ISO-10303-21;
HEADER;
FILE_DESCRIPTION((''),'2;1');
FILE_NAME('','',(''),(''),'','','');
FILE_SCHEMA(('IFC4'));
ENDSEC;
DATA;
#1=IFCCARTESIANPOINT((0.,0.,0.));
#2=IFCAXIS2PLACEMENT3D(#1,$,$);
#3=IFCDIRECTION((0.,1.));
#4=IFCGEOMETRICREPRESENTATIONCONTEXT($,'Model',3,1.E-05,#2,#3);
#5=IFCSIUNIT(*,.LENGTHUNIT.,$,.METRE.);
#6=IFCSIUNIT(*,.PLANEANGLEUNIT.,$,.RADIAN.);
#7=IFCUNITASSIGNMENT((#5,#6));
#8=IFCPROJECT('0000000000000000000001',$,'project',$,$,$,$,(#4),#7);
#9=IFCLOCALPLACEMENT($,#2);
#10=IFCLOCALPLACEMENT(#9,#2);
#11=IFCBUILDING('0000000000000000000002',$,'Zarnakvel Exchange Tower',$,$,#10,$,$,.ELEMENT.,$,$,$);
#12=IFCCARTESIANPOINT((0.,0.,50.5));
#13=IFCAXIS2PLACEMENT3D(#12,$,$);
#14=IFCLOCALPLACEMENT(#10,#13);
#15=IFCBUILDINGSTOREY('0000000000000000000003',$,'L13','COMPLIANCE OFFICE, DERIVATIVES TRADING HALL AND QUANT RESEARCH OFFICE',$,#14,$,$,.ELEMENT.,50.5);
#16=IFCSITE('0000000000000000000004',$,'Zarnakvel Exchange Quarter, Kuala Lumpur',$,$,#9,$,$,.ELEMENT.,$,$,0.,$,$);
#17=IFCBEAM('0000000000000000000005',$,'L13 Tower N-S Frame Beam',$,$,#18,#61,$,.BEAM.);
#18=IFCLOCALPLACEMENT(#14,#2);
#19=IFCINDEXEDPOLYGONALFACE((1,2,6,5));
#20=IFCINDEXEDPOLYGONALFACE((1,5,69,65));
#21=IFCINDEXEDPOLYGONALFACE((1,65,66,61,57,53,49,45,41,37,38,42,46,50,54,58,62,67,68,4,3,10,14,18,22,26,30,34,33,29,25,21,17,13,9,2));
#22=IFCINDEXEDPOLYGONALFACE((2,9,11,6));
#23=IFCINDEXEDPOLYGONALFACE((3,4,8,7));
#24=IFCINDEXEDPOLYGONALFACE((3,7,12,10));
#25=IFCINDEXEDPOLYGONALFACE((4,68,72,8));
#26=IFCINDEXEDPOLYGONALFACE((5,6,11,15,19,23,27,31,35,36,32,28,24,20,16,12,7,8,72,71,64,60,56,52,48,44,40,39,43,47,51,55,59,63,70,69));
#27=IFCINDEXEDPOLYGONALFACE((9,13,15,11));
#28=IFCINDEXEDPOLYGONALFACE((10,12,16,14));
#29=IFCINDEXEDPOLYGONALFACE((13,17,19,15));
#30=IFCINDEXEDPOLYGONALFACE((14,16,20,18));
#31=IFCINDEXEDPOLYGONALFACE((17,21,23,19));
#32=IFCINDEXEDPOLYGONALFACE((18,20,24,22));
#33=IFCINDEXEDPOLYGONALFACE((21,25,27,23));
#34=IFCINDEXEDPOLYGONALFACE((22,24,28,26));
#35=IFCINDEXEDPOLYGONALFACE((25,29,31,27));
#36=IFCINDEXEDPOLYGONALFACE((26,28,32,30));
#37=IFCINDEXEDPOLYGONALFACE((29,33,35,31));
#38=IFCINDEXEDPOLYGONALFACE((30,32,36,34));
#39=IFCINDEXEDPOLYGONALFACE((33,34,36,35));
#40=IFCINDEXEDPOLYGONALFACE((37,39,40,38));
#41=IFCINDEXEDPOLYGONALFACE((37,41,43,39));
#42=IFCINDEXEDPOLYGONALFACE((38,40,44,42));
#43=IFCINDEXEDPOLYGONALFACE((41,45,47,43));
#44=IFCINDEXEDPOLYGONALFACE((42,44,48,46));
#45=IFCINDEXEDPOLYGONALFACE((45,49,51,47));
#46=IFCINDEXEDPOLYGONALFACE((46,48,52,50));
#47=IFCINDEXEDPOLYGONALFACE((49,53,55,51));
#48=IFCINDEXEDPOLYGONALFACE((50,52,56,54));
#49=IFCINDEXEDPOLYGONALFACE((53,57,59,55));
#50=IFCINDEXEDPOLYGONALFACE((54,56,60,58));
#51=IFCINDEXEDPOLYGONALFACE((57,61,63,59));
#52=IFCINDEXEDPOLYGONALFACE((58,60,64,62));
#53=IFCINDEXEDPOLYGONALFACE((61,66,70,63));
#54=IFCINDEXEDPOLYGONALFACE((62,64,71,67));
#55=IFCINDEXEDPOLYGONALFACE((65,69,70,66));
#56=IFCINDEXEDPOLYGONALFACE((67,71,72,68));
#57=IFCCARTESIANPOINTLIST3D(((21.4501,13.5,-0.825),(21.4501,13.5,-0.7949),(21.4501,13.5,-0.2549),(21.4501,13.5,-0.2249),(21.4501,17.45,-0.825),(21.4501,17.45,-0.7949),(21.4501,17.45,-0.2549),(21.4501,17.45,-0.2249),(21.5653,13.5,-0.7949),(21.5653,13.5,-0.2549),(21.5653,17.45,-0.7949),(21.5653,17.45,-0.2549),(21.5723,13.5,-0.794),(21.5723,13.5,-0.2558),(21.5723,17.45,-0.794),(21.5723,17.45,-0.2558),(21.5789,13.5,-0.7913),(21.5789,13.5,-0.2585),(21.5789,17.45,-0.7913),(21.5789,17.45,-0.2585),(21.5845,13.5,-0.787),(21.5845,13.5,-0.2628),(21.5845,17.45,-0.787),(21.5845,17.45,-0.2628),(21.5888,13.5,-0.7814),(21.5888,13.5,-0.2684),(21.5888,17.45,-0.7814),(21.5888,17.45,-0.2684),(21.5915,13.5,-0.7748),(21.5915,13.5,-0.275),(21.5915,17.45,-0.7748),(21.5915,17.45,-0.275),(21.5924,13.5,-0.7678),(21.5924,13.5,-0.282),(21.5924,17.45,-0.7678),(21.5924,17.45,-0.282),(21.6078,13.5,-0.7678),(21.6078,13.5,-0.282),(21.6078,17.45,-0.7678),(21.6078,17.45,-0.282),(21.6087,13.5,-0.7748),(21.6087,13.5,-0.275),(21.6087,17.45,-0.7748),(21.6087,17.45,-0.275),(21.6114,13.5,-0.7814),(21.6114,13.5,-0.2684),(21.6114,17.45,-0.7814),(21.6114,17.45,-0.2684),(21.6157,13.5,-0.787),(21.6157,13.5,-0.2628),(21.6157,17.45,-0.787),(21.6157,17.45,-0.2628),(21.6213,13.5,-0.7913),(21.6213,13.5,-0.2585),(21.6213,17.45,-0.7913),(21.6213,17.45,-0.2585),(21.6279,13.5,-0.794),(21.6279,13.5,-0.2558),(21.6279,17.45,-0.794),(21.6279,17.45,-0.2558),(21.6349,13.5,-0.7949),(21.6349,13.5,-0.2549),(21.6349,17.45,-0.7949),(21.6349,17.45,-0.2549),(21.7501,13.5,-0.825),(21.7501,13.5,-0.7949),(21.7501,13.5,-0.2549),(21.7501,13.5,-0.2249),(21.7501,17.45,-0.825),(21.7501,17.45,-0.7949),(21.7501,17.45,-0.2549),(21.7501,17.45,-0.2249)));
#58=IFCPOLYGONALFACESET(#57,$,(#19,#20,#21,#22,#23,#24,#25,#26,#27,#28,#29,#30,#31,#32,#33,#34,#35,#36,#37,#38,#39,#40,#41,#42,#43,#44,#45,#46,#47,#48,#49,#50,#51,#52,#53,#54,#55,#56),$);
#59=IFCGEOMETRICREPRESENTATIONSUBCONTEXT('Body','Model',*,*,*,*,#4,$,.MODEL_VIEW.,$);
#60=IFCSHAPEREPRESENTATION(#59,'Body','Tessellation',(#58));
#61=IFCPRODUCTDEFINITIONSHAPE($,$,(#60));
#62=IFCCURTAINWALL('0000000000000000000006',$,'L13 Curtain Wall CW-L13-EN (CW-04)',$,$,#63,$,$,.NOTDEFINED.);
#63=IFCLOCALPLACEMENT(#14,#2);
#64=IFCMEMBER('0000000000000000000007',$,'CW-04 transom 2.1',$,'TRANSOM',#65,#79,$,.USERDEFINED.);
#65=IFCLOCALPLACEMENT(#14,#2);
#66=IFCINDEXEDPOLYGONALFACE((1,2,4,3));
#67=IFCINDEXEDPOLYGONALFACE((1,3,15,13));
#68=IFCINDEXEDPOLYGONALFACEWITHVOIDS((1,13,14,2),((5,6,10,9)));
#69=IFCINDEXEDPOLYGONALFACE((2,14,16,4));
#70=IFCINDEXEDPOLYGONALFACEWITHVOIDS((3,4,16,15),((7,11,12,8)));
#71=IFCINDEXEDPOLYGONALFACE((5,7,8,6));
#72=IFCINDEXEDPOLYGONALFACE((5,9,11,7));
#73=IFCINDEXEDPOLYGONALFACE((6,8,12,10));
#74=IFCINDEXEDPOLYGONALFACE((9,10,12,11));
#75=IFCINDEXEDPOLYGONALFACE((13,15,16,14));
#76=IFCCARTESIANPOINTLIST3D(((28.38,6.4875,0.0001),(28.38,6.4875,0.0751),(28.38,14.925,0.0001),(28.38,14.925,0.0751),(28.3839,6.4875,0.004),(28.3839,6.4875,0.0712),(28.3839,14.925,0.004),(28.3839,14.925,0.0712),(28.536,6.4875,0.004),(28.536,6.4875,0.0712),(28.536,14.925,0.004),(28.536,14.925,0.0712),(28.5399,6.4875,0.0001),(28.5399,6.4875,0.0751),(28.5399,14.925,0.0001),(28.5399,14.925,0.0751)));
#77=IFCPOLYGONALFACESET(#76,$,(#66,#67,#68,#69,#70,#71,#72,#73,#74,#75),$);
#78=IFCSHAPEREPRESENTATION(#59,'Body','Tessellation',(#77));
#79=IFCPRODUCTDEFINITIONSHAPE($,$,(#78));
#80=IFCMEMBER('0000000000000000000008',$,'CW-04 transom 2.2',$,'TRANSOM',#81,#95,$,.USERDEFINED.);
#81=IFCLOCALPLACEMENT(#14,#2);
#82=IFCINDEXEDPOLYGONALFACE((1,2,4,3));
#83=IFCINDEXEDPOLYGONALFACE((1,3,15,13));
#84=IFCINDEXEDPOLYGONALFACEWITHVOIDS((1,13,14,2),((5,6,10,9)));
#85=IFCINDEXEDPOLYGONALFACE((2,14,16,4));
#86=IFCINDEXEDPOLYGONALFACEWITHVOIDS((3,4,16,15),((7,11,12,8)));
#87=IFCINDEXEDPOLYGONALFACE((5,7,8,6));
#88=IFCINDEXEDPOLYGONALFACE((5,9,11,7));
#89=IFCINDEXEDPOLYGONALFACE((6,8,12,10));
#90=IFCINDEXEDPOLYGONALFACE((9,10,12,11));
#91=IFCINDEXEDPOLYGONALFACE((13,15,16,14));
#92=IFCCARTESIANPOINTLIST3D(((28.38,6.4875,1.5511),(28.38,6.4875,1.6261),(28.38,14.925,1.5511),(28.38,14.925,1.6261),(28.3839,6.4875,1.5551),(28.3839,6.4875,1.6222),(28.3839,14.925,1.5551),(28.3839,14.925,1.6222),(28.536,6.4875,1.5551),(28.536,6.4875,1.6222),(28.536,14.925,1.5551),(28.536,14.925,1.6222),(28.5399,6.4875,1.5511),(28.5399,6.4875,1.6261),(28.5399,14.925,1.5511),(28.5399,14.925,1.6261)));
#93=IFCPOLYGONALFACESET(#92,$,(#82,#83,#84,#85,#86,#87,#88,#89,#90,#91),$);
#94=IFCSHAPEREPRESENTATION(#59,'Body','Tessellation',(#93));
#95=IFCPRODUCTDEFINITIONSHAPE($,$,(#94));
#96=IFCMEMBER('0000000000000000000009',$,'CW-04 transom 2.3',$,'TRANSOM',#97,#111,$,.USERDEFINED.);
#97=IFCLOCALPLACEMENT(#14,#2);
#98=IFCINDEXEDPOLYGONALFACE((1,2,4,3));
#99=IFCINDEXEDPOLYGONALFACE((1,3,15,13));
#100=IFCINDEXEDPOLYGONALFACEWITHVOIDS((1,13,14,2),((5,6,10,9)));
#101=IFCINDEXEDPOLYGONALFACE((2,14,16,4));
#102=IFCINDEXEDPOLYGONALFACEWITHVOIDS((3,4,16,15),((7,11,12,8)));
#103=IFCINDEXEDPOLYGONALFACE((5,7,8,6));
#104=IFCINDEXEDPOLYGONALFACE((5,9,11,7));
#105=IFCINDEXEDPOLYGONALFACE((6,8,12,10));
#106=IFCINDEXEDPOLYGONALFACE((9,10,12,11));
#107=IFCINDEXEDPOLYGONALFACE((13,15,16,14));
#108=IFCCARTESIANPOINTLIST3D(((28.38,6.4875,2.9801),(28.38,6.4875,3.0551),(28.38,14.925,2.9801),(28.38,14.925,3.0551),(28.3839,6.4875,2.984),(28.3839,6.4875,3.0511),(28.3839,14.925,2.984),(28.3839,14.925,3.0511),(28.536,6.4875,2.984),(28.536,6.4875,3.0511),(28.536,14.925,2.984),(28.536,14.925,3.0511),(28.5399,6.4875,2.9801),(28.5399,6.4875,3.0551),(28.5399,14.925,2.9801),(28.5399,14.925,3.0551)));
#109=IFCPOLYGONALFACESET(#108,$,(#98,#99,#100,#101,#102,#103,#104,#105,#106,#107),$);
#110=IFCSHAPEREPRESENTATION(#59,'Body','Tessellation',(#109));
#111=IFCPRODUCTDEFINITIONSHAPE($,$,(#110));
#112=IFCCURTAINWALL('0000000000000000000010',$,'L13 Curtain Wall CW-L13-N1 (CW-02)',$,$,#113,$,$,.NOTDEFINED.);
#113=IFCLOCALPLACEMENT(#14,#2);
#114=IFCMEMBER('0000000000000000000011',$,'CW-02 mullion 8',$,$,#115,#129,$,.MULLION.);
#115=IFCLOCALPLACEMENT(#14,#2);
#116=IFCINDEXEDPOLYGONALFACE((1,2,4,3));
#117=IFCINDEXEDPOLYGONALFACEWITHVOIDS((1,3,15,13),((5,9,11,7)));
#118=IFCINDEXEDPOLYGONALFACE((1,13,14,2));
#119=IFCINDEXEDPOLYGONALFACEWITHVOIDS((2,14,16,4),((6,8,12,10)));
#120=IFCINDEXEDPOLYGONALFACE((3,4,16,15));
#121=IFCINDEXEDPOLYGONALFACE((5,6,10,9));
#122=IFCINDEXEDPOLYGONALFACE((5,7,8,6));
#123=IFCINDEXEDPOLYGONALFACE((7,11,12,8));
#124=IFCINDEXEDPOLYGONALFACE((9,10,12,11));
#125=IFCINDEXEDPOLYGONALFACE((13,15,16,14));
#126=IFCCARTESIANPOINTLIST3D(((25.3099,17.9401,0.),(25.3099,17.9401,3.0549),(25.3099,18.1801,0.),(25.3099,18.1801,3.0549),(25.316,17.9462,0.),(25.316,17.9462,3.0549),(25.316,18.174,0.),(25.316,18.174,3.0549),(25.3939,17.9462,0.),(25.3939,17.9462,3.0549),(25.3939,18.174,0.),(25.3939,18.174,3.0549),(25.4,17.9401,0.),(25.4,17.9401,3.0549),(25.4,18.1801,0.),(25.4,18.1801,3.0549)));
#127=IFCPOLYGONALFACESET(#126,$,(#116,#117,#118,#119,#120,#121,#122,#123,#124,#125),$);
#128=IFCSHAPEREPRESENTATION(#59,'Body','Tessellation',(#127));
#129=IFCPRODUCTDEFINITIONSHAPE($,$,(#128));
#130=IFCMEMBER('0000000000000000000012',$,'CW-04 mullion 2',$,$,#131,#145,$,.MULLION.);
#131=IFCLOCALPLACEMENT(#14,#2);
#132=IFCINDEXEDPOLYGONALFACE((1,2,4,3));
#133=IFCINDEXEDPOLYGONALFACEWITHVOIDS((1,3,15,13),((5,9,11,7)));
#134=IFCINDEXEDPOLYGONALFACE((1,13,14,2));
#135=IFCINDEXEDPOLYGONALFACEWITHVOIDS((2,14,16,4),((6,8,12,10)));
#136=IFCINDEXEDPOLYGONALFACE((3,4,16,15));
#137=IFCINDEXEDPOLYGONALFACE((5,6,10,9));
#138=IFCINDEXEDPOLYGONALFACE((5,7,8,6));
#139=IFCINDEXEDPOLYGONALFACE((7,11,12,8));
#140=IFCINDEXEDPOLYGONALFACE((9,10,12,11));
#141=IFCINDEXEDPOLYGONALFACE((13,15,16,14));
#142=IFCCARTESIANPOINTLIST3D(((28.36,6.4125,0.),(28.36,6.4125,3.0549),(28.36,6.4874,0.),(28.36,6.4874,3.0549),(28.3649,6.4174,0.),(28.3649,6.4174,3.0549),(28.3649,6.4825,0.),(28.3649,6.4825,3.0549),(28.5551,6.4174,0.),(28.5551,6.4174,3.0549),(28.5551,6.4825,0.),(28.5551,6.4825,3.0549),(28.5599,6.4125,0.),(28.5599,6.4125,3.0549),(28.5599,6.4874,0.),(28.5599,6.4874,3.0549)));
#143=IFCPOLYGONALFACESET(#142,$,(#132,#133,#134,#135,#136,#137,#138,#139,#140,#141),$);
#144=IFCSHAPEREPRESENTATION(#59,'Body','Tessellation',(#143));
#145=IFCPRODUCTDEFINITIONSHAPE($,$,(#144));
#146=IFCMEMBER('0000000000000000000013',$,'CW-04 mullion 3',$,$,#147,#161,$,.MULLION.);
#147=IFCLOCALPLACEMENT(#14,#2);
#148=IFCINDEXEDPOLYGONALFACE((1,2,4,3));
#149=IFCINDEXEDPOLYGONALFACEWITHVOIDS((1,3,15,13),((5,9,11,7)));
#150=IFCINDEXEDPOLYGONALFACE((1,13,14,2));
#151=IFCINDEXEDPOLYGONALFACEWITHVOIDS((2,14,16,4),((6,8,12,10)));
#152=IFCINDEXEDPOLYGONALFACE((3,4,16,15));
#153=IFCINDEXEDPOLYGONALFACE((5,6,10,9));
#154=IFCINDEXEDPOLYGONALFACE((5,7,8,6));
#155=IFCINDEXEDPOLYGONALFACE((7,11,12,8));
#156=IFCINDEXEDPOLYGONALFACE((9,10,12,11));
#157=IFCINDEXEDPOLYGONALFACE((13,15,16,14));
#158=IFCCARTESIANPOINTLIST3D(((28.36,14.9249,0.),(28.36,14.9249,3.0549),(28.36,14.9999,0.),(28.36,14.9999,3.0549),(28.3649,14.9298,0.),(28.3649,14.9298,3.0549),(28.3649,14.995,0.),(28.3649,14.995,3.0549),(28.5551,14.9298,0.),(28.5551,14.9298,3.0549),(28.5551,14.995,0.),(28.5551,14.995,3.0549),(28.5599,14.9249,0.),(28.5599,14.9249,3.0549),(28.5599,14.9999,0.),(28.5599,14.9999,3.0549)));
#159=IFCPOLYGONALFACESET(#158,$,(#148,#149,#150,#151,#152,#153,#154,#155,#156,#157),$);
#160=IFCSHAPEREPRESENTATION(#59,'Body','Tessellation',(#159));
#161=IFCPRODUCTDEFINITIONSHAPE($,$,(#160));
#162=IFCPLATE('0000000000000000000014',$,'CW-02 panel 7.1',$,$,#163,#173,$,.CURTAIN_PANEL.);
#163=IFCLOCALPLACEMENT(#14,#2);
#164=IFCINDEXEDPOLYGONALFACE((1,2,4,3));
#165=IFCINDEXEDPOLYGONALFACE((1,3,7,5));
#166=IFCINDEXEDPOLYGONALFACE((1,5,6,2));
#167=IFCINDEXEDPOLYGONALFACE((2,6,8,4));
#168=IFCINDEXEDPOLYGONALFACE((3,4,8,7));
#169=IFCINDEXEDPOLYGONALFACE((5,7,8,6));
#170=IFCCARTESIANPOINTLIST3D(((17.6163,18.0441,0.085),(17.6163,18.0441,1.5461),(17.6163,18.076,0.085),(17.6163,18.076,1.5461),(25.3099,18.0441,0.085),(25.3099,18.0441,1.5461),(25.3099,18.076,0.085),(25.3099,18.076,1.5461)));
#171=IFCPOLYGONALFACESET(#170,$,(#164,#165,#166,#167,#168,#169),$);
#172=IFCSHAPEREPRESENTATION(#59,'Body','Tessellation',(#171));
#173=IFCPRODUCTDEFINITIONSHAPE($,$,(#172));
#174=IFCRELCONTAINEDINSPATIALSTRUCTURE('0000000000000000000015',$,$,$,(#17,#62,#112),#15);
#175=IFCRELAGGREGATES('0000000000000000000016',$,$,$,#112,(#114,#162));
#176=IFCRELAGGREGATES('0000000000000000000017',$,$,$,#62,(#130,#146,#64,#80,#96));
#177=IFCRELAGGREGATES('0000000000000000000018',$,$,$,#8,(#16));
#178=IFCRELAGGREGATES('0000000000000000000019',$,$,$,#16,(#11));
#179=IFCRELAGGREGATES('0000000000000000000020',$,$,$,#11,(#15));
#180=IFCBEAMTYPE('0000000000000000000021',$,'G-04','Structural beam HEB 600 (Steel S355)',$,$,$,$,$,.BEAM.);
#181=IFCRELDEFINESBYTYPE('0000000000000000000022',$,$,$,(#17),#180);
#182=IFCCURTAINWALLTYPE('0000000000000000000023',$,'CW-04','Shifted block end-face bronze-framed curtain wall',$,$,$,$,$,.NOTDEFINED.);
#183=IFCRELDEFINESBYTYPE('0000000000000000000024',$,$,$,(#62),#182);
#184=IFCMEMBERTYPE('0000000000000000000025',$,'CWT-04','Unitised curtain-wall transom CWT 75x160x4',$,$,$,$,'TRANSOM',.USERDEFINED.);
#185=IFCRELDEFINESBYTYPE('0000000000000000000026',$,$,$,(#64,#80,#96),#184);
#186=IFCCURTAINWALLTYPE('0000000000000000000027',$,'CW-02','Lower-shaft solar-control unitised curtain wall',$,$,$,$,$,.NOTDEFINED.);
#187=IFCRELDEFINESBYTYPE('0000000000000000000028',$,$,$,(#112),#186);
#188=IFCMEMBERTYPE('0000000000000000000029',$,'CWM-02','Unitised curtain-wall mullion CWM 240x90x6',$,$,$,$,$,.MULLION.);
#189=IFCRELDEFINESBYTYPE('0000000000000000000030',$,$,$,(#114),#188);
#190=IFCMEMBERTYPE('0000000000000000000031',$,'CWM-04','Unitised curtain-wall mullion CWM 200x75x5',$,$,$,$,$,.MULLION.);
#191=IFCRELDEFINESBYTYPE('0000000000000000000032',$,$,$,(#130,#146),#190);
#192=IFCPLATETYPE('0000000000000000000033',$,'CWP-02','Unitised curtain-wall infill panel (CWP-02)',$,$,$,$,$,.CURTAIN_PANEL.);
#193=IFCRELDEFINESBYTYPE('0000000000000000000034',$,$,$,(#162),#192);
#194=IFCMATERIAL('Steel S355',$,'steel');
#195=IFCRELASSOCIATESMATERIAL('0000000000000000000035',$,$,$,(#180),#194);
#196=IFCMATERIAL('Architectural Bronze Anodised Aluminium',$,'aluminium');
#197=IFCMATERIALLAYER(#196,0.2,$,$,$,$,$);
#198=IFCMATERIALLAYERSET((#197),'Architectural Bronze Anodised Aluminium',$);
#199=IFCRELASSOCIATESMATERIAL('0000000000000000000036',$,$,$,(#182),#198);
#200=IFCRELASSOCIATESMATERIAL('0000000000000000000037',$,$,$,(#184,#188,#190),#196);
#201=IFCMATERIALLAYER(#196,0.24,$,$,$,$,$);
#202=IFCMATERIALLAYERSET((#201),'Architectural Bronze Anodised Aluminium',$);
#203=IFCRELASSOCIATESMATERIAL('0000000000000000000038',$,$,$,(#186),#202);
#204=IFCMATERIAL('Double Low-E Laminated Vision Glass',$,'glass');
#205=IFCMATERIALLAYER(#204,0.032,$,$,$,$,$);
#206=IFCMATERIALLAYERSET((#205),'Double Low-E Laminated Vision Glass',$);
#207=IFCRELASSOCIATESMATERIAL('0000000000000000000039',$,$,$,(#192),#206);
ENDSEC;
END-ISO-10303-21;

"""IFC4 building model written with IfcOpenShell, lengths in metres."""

from ifc_helpers import new_model, si_unit, direction, frame, origin, origin_2d, place, context, subcontext, project, spatial, rectangle, hollow_rectangle, i_section, extrude, source, transform, mapped, material, layer, layer_set, material_profile, profile_set, type_object, element, aggregate, save


model = new_model("IFC4")

# Units and contexts
model_context = context("Model", 3, precision=1e-05, world=origin(), true_north=direction((0.0, 1.0)))
body_context = subcontext(model_context, "Body", "Model", "MODEL_VIEW")
ifc_project = project(units=[si_unit("LENGTHUNIT", "METRE"), si_unit("PLANEANGLEUNIT", "RADIAN")], contexts=[model_context])

# Site, building, storey
site_placement = place(None, origin())
site = spatial("IfcSite", under=ifc_project, at=site_placement, Name="Zarnakvel Exchange Quarter, Kuala Lumpur", CompositionType="ELEMENT", RefElevation=0.0)
building_placement = place(site_placement, origin())
building = spatial("IfcBuilding", under=site, at=building_placement, Name="Zarnakvel Exchange Tower", CompositionType="ELEMENT")
storey_placement = place(building_placement, frame((0.0, 0.0, 50.5)))
storey = spatial("IfcBuildingStorey", under=building, at=storey_placement, Name="L13", Description="COMPLIANCE OFFICE, DERIVATIVES TRADING HALL AND QUANT RESEARCH OFFICE", CompositionType="ELEMENT", Elevation=50.5)

# Shared definitions
ifc_material_1 = material(Name="Steel S355", Category="steel")

# Beam
ifc_material_profile_1 = material_profile(ifc_material_1, i_section(OverallWidth=0.3, OverallDepth=0.6001, WebThickness=0.0154, FlangeThickness=0.03, FilletRadius=0.0271, at=origin_2d()))
ifc_profile_set_1 = profile_set([ifc_material_profile_1], Name="Steel S355")
beam_type = type_object("IfcBeamType", Name="G-04", Description="Structural beam HEB 600 (Steel S355)", PredefinedType="BEAM", material=ifc_profile_set_1)
beam_1_placement = place(storey_placement, frame((21.6001, 13.5, -0.5249), z_axis=(0.0, 1.0, 0.0), x_axis=(-1.0, 0.0, 0.0)))
element("IfcBeam", 1, at=beam_1_placement, inside=storey, type_object=beam_type, Name="L13 Tower N-S Frame Beam", PredefinedType="BEAM", context=body_context, shape_type="SweptSolid", body=[
    extrude(i_section(OverallWidth=0.3, OverallDepth=0.6001, WebThickness=0.0154, FlangeThickness=0.03, FilletRadius=0.0271, at=origin_2d()), origin(), (0.0, 0.0, 1.0), 3.95),
])

# Curtain wall, members
ifc_material_2 = material(Name="Architectural Bronze Anodised Aluminium", Category="aluminium")
ifc_layer_1 = layer(ifc_material_2, 0.2)
ifc_layer_set_1 = layer_set([ifc_layer_1], Name="Architectural Bronze Anodised Aluminium")
curtain_wall_type_1 = type_object("IfcCurtainWallType", Name="CW-04", Description="Shifted block end-face bronze-framed curtain wall", PredefinedType="NOTDEFINED", material=ifc_layer_set_1)
curtain_wall_1_placement = place(storey_placement, origin())
curtain_wall_1 = element("IfcCurtainWall", 2, at=curtain_wall_1_placement, inside=storey, type_object=curtain_wall_type_1, Name="L13 Curtain Wall CW-L13-EN (CW-04)", PredefinedType="NOTDEFINED")
ifc_material_profile_2 = material_profile(ifc_material_2, hollow_rectangle(XDim=0.1599, YDim=0.075, WallThickness=0.0039, at=origin_2d()))
ifc_profile_set_2 = profile_set([ifc_material_profile_2], Name="Architectural Bronze Anodised Aluminium")
member_type_1 = type_object("IfcMemberType", Name="CWT-04", Description="Unitised curtain-wall transom CWT 75x160x4", ElementType="TRANSOM", PredefinedType="USERDEFINED", material=ifc_profile_set_2)
shared_shape_1 = source(origin(), body_context, "Body", "SweptSolid", [
    extrude(hollow_rectangle(XDim=0.1599, YDim=0.075, WallThickness=0.0039, at=origin_2d()), origin(), (0.0, 0.0, 1.0), 8.4375),
])
member_1_placement = place(storey_placement, frame((28.46, 6.4875, 0.0376), z_axis=(0.0, 1.0, 0.0), x_axis=(-1.0, 0.0, 0.0)))
member_1 = element("IfcMember", 3, at=member_1_placement, type_object=member_type_1, Name="CW-04 transom 2.1", ObjectType="TRANSOM", PredefinedType="USERDEFINED", context=body_context, shape_type="MappedRepresentation", body=[
    mapped(shared_shape_1, transform((0.0, 0.0, 0.0), x_axis=(1.0, 0.0, 0.0), y_axis=(0.0, 1.0, 0.0), z_axis=(0.0, 0.0, 1.0), scale=1.0)),
])
member_2_placement = place(storey_placement, frame((28.46, 6.4875, 1.5886), z_axis=(0.0, 1.0, 0.0), x_axis=(-1.0, 0.0, 0.0)))
member_2 = element("IfcMember", 4, at=member_2_placement, type_object=member_type_1, Name="CW-04 transom 2.2", ObjectType="TRANSOM", PredefinedType="USERDEFINED", context=body_context, shape_type="MappedRepresentation", body=[
    mapped(shared_shape_1, transform((0.0, 0.0, 0.0), x_axis=(1.0, 0.0, 0.0), y_axis=(0.0, 1.0, 0.0), z_axis=(0.0, 0.0, 1.0), scale=1.0)),
])
member_3_placement = place(storey_placement, frame((28.46, 6.4875, 3.0176), z_axis=(0.0, 1.0, 0.0), x_axis=(-1.0, 0.0, 0.0)))
member_3 = element("IfcMember", 5, at=member_3_placement, type_object=member_type_1, Name="CW-04 transom 2.3", ObjectType="TRANSOM", PredefinedType="USERDEFINED", context=body_context, shape_type="MappedRepresentation", body=[
    mapped(shared_shape_1, transform((0.0, 0.0, 0.0), x_axis=(1.0, 0.0, 0.0), y_axis=(0.0, 1.0, 0.0), z_axis=(0.0, 0.0, 1.0), scale=1.0)),
])

# Curtain wall, member
ifc_layer_2 = layer(ifc_material_2, 0.24)
ifc_layer_set_2 = layer_set([ifc_layer_2], Name="Architectural Bronze Anodised Aluminium")
curtain_wall_type_2 = type_object("IfcCurtainWallType", Name="CW-02", Description="Lower-shaft solar-control unitised curtain wall", PredefinedType="NOTDEFINED", material=ifc_layer_set_2)
curtain_wall_2_placement = place(storey_placement, origin())
curtain_wall_2 = element("IfcCurtainWall", 6, at=curtain_wall_2_placement, inside=storey, type_object=curtain_wall_type_2, Name="L13 Curtain Wall CW-L13-N1 (CW-02)", PredefinedType="NOTDEFINED")
ifc_material_profile_3 = material_profile(ifc_material_2, hollow_rectangle(XDim=0.24, YDim=0.0901, WallThickness=0.0061, at=origin_2d()))
ifc_profile_set_3 = profile_set([ifc_material_profile_3], Name="Architectural Bronze Anodised Aluminium")
member_type_2 = type_object("IfcMemberType", Name="CWM-02", Description="Unitised curtain-wall mullion CWM 240x90x6", PredefinedType="MULLION", material=ifc_profile_set_3)
shared_shape_2 = source(origin(), body_context, "Body", "SweptSolid", [
    extrude(hollow_rectangle(XDim=0.24, YDim=0.0901, WallThickness=0.0061, at=origin_2d()), origin(), (0.0, 0.0, 1.0), 3.0549),
])
member_4_placement = place(storey_placement, frame((25.355, 18.0601, 0.0), z_axis=(0.0, 0.0, 1.0), x_axis=(0.0, 1.0, 0.0)))
member_4 = element("IfcMember", 7, at=member_4_placement, type_object=member_type_2, Name="CW-02 mullion 8", PredefinedType="MULLION", context=body_context, shape_type="MappedRepresentation", body=[
    mapped(shared_shape_2, transform((0.0, 0.0, 0.0), x_axis=(1.0, 0.0, 0.0), y_axis=(0.0, 1.0, 0.0), z_axis=(0.0, 0.0, 1.0), scale=1.0)),
])

# Members
ifc_material_profile_4 = material_profile(ifc_material_2, hollow_rectangle(XDim=0.2, YDim=0.075, WallThickness=0.0049, at=origin_2d()))
ifc_profile_set_4 = profile_set([ifc_material_profile_4], Name="Architectural Bronze Anodised Aluminium")
member_type_3 = type_object("IfcMemberType", Name="CWM-04", Description="Unitised curtain-wall mullion CWM 200x75x5", PredefinedType="MULLION", material=ifc_profile_set_4)
shared_shape_3 = source(origin(), body_context, "Body", "SweptSolid", [
    extrude(hollow_rectangle(XDim=0.2, YDim=0.075, WallThickness=0.0049, at=origin_2d()), origin(), (0.0, 0.0, 1.0), 3.0549),
])
member_5_placement = place(storey_placement, frame((28.46, 6.45, 0.0), z_axis=(0.0, 0.0, 1.0), x_axis=(-1.0, 0.0, 0.0)))
member_5 = element("IfcMember", 8, at=member_5_placement, type_object=member_type_3, Name="CW-04 mullion 2", PredefinedType="MULLION", context=body_context, shape_type="MappedRepresentation", body=[
    mapped(shared_shape_3, transform((0.0, 0.0, 0.0), x_axis=(1.0, 0.0, 0.0), y_axis=(0.0, 1.0, 0.0), z_axis=(0.0, 0.0, 1.0), scale=1.0)),
])
member_6_placement = place(storey_placement, frame((28.46, 14.9624, 0.0), z_axis=(0.0, 0.0, 1.0), x_axis=(-1.0, 0.0, 0.0)))
member_6 = element("IfcMember", 9, at=member_6_placement, type_object=member_type_3, Name="CW-04 mullion 3", PredefinedType="MULLION", context=body_context, shape_type="MappedRepresentation", body=[
    mapped(shared_shape_3, transform((0.0, 0.0, 0.0), x_axis=(1.0, 0.0, 0.0), y_axis=(0.0, 1.0, 0.0), z_axis=(0.0, 0.0, 1.0), scale=1.0)),
])

# Plate
ifc_material_3 = material(Name="Double Low-E Laminated Vision Glass", Category="glass")
ifc_layer_3 = layer(ifc_material_3, 0.032)
ifc_layer_set_3 = layer_set([ifc_layer_3], Name="Double Low-E Laminated Vision Glass")
plate_type_1 = type_object("IfcPlateType", Name="CWP-02", Description="Unitised curtain-wall infill panel (CWP-02)", PredefinedType="CURTAIN_PANEL", material=ifc_layer_set_3)
shared_shape_4 = source(origin(), body_context, "Body", "SweptSolid", [
    extrude(rectangle(XDim=7.6936, YDim=0.032, at=origin_2d()), origin(), (0.0, 0.0, 1.0), 1.4612),
])
plate_1_placement = place(storey_placement, frame((21.4631, 18.0601, 0.085), z_axis=(0.0, 0.0, 1.0), x_axis=(1.0, 0.0, 0.0)))
plate_1 = element("IfcPlate", 10, at=plate_1_placement, type_object=plate_type_1, Name="CW-02 panel 7.1", PredefinedType="CURTAIN_PANEL", context=body_context, shape_type="MappedRepresentation", body=[
    mapped(shared_shape_4, transform((0.0, 0.0, 0.0), x_axis=(1.0, 0.0, 0.0), y_axis=(0.0, 1.0, 0.0), z_axis=(0.0, 0.0, 1.0), scale=1.0)),
])
aggregate(curtain_wall_2, [member_4, plate_1])
aggregate(curtain_wall_1, [member_5, member_6, member_1, member_2, member_3])

save(model, "model.ifc")
